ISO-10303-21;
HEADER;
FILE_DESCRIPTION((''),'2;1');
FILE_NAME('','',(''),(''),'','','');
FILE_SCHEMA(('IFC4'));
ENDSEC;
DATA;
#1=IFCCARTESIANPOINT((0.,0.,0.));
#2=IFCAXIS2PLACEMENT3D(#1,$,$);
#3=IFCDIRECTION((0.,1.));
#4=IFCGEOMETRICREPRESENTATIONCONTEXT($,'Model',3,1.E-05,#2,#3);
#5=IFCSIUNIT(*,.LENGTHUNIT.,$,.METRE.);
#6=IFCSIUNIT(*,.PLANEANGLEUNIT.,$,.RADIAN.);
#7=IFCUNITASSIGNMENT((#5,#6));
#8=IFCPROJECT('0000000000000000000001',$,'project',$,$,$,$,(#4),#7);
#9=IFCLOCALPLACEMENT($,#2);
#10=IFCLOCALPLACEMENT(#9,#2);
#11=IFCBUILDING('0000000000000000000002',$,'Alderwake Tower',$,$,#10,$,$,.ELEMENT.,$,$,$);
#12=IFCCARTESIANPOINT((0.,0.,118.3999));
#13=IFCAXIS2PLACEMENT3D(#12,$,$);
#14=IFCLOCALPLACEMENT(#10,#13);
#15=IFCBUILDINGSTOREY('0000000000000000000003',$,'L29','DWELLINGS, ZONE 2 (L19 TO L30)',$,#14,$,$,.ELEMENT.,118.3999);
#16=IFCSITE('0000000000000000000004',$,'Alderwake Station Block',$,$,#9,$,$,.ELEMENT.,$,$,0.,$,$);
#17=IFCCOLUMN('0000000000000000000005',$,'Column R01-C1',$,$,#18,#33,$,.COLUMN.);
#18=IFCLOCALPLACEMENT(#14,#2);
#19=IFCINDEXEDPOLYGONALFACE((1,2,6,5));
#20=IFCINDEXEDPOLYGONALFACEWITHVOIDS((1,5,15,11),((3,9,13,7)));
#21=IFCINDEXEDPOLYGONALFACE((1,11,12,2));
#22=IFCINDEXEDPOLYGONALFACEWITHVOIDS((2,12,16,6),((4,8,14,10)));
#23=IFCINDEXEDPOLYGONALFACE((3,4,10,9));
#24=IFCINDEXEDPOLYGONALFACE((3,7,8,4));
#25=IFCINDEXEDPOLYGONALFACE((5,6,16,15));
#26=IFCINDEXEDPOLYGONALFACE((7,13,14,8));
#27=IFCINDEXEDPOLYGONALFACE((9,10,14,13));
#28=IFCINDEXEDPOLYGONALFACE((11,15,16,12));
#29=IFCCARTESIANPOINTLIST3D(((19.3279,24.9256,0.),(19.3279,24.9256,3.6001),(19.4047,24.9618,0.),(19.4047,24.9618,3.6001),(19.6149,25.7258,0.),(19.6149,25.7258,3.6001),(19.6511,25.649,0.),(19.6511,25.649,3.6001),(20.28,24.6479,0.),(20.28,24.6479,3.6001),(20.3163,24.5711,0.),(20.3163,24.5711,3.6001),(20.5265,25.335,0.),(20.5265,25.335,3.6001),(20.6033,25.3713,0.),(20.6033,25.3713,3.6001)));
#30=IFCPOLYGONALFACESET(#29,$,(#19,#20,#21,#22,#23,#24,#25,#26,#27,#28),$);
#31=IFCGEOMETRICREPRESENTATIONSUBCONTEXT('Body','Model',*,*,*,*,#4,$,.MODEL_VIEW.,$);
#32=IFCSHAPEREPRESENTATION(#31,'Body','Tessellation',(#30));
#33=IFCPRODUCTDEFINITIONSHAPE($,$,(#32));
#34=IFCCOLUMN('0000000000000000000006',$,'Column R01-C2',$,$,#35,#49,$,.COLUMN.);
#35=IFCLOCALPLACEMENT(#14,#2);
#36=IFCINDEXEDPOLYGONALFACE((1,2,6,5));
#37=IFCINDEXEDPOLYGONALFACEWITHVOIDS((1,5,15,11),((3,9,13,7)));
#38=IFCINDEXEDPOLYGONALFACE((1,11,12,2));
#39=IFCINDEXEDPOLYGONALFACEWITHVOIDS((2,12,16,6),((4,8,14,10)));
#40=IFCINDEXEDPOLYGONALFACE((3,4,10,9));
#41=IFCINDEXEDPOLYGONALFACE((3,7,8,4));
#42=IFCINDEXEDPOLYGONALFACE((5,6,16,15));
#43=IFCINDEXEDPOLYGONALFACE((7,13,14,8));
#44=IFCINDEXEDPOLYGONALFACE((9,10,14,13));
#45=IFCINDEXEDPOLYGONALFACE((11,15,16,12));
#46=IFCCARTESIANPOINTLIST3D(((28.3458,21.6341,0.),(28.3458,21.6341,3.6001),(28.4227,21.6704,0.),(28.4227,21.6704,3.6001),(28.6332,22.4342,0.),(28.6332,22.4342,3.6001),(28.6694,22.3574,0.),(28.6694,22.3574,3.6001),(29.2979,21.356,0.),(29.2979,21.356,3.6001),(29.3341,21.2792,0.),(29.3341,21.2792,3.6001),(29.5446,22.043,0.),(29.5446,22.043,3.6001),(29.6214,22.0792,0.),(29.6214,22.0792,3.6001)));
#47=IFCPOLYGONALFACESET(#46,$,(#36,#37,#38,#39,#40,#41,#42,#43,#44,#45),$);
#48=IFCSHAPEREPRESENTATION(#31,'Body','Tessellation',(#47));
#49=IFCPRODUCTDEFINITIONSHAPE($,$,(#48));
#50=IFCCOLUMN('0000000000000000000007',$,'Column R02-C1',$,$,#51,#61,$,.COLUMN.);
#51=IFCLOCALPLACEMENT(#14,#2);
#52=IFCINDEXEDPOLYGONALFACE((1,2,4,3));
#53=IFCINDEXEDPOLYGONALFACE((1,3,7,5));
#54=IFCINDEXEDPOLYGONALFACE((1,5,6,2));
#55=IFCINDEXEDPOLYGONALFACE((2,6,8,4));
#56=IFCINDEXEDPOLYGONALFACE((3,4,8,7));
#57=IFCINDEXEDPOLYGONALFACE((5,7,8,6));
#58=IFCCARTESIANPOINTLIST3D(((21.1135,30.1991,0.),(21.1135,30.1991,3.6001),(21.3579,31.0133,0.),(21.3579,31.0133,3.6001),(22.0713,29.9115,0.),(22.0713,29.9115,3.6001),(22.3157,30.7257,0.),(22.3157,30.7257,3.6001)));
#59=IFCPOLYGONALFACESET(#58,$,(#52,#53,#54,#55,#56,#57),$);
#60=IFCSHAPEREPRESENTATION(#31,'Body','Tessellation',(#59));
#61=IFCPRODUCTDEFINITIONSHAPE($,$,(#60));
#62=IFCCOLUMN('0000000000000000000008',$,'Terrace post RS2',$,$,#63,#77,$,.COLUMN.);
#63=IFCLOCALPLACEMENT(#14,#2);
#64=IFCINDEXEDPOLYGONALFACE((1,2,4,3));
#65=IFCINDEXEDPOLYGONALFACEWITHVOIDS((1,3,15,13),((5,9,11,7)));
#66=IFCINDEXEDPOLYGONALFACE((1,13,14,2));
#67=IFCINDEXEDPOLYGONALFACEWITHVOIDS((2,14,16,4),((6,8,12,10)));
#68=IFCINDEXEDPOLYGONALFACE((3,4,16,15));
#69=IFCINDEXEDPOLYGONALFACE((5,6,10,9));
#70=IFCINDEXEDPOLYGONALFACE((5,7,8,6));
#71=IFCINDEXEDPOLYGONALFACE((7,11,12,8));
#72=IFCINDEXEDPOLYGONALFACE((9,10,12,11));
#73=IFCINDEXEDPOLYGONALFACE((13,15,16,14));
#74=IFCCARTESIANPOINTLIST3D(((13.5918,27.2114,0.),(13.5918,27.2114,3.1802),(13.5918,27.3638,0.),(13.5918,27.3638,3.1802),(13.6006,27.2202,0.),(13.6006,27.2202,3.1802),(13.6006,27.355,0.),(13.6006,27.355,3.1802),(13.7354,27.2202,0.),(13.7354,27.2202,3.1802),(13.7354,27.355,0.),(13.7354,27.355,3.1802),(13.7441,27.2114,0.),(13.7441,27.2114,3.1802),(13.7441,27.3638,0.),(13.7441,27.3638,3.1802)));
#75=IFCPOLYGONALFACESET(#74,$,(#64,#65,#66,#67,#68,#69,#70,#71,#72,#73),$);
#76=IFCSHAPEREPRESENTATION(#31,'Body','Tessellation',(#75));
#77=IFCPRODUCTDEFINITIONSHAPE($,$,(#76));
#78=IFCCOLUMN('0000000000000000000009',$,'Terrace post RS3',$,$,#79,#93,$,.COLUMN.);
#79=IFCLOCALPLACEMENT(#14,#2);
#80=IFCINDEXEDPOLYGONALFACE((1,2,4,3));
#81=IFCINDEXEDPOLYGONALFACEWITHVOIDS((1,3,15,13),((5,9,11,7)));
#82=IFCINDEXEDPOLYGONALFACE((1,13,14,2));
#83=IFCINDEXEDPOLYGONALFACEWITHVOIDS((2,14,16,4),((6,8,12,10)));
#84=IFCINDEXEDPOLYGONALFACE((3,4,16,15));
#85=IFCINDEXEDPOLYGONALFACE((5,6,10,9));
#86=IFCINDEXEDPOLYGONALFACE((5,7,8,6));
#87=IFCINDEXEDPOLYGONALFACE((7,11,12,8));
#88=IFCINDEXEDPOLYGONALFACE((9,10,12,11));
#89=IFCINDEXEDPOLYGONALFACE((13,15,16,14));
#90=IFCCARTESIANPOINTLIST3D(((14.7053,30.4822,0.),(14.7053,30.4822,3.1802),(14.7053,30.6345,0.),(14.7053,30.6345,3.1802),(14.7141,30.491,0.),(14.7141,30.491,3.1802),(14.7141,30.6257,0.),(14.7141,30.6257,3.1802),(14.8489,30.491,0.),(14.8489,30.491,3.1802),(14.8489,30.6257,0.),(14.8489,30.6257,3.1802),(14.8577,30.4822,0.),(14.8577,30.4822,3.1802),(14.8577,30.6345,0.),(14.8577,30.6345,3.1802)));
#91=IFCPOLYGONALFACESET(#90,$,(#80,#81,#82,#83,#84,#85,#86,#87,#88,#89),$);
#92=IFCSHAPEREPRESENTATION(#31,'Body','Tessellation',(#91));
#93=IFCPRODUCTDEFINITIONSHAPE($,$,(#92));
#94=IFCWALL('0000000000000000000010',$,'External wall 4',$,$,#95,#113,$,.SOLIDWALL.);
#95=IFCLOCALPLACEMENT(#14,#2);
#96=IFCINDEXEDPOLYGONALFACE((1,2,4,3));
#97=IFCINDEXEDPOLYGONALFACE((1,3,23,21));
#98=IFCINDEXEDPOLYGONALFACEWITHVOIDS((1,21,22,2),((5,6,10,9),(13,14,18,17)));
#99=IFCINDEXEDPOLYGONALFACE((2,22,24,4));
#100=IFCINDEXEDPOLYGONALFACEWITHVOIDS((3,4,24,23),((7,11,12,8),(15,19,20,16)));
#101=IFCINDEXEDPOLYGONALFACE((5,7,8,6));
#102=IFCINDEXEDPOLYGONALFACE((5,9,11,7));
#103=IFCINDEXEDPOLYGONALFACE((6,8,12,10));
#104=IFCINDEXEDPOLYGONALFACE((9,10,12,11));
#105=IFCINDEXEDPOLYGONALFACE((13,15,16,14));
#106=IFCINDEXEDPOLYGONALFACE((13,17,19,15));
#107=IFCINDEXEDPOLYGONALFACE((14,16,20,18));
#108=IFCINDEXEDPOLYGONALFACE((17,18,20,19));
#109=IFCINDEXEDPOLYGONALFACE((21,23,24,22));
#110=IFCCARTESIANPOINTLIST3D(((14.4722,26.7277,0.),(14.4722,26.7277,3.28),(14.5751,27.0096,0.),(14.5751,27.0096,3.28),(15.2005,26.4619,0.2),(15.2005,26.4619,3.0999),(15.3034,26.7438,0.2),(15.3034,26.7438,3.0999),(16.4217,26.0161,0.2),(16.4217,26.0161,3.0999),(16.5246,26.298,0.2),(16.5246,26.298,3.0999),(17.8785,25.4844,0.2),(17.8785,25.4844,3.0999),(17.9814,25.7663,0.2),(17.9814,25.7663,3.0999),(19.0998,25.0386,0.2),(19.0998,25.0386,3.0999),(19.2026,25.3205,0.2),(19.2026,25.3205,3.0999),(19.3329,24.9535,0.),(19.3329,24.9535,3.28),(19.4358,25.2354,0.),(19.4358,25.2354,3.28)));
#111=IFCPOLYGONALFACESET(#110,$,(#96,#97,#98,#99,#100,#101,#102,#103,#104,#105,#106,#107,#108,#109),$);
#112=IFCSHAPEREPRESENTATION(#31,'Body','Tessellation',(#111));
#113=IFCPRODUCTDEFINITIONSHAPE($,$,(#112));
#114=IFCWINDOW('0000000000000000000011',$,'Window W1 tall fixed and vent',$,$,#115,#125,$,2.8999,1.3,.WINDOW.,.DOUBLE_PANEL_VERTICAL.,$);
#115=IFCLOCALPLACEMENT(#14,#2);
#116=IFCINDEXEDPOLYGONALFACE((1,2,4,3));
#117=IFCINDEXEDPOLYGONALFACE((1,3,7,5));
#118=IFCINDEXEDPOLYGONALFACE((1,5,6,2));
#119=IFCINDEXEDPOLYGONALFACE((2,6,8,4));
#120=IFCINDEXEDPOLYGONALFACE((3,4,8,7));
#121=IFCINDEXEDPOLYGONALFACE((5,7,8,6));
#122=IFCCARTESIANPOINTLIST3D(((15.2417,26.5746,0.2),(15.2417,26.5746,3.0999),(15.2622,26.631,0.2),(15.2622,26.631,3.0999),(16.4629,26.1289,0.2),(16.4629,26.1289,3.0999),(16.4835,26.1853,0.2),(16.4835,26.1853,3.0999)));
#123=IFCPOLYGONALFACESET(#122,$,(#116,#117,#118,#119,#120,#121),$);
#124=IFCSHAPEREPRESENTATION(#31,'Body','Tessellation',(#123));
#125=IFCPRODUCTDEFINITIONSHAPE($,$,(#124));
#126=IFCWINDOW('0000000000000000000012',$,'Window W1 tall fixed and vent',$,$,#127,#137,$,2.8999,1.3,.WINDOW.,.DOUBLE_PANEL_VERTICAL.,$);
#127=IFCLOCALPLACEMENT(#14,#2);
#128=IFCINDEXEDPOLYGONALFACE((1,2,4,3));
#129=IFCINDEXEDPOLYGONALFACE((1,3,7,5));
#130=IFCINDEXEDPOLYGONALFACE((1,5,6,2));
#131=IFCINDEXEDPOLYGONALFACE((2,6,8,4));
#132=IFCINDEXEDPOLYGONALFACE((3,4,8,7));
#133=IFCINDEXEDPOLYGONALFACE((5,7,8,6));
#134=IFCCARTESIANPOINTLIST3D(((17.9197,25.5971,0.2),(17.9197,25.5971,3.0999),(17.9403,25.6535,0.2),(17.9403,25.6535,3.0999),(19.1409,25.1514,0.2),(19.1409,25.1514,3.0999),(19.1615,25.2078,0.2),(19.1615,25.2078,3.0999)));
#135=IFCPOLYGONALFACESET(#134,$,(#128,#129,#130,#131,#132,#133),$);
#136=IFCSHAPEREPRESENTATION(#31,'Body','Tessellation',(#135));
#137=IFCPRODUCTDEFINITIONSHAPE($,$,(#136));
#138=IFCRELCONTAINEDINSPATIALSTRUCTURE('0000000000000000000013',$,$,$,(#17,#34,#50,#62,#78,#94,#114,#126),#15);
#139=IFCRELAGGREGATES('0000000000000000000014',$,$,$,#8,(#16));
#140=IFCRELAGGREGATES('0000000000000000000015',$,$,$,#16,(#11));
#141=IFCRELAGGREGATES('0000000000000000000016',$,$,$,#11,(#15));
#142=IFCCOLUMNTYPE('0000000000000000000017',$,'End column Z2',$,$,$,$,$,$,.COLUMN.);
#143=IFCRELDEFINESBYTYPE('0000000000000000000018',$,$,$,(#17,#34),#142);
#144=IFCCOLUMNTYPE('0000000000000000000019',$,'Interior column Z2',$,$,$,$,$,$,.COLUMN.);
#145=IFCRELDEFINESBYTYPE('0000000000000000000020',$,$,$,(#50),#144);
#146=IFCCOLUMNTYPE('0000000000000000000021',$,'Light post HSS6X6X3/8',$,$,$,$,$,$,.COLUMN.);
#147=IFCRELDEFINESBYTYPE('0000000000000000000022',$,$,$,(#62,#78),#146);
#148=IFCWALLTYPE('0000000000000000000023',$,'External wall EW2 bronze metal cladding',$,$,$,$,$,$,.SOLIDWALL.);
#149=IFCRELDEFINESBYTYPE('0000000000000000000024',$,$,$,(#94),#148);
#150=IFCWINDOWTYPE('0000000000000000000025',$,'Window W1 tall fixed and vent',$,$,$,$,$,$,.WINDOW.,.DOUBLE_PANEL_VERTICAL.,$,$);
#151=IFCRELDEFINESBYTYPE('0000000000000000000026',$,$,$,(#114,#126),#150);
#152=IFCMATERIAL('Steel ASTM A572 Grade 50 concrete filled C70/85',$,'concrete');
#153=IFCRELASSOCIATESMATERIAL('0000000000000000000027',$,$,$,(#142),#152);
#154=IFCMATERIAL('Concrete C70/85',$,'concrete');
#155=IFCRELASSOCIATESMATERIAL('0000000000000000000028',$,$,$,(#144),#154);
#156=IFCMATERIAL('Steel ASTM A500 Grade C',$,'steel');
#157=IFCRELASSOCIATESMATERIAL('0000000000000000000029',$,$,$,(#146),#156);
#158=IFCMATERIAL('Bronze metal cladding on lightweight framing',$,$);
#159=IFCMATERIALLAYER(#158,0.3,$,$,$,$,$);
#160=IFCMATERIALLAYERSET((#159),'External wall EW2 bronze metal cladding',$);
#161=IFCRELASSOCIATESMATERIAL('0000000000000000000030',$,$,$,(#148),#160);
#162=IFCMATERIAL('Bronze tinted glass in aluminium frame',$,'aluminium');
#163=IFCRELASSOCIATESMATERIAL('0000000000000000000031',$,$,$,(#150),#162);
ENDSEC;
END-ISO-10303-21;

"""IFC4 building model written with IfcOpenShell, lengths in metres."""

from ifc_helpers import new_model, si_unit, direction, frame, frame_2d, origin, origin_2d, place, context, subcontext, project, spatial, rectangle, hollow_rectangle, extrude, material, layer, layer_set, material_profile, profile_set, type_object, element, fill, save


model = new_model("IFC4")

# Units and contexts
model_context = context("Model", 3, precision=1e-05, world=origin(), true_north=direction((0.0, 1.0)))
body_context = subcontext(model_context, "Body", "Model", "MODEL_VIEW")
ifc_project = project(units=[si_unit("LENGTHUNIT", "METRE"), si_unit("PLANEANGLEUNIT", "RADIAN")], contexts=[model_context])

# Site, building, storey
site_placement = place(None, origin())
site = spatial("IfcSite", under=ifc_project, at=site_placement, Name="Alderwake Station Block", CompositionType="ELEMENT", RefElevation=0.0)
building_placement = place(site_placement, origin())
building = spatial("IfcBuilding", under=site, at=building_placement, Name="Alderwake Tower", CompositionType="ELEMENT")
storey_placement = place(building_placement, frame((0.0, 0.0, 118.3999)))
storey = spatial("IfcBuildingStorey", under=building, at=storey_placement, Name="L29", Description="DWELLINGS, ZONE 2 (L19 TO L30)", CompositionType="ELEMENT", Elevation=118.3999)

# Columns
ifc_material_1 = material(Name="Steel ASTM A572 Grade 50 concrete filled C70/85", Category="concrete")
ifc_material_profile_1 = material_profile(ifc_material_1, hollow_rectangle(XDim=0.8501, YDim=1.05, WallThickness=0.0601, at=origin_2d()), Name="BOX 1050X850X60")
ifc_profile_set_1 = profile_set([ifc_material_profile_1], Name="Steel ASTM A572 Grade 50 concrete filled C70/85")
column_type_1 = type_object("IfcColumnType", Name="End column Z2", PredefinedType="COLUMN", material=ifc_profile_set_1)
for number, where, z_axis, x_axis, name in (
    (1, (19.9656, 25.1484, 0.0), (0.0, 0.0, 1.0), (0.337585, 0.941295, 0.0), "Column R01-C1"),
    (2, (28.9836, 21.8567, 0.0), (0.0, 0.0, 1.0), (0.338027, 0.941136, 0.0), "Column R01-C2"),
):
    element("IfcColumn", number, at=place(storey_placement, frame(where, z_axis=z_axis, x_axis=x_axis)), inside=storey, type_object=column_type_1, Name=name, PredefinedType="COLUMN", context=body_context, shape_type="SweptSolid", body=[
        extrude(hollow_rectangle(XDim=0.8501, YDim=1.05, WallThickness=0.0601, at=origin_2d()), origin(), (0.0, 0.0, 1.0), 3.6001),
    ])
ifc_material_2 = material(Name="Concrete C70/85", Category="concrete")
ifc_material_profile_2 = material_profile(ifc_material_2, rectangle(XDim=0.8501, YDim=1.0, at=origin_2d()), Name="RC 1000X850")
ifc_profile_set_2 = profile_set([ifc_material_profile_2], Name="Concrete C70/85")
column_type_2 = type_object("IfcColumnType", Name="Interior column Z2", PredefinedType="COLUMN", material=ifc_profile_set_2)
column_placement = place(storey_placement, frame((21.7146, 30.4624, 0.0), z_axis=(0.0, 0.0, 1.0), x_axis=(0.287549, 0.957766, 0.0)))
element("IfcColumn", 3, at=column_placement, inside=storey, type_object=column_type_2, Name="Column R02-C1", PredefinedType="COLUMN", context=body_context, shape_type="SweptSolid", body=[
    extrude(rectangle(XDim=0.8501, YDim=1.0, at=origin_2d()), origin(), (0.0, 0.0, 1.0), 3.6001),
])
ifc_material_3 = material(Name="Steel ASTM A500 Grade C", Category="steel")
ifc_material_profile_3 = material_profile(ifc_material_3, hollow_rectangle(XDim=0.1523, YDim=0.1523, WallThickness=0.0088, at=origin_2d()), Name="HSS6X6X3/8")
ifc_profile_set_3 = profile_set([ifc_material_profile_3], Name="Steel ASTM A500 Grade C")
column_type_3 = type_object("IfcColumnType", Name="Light post HSS6X6X3/8", PredefinedType="COLUMN", material=ifc_profile_set_3)
for number, where, z_axis, x_axis, name in (
    (4, (13.668, 27.2876, 0.0), (0.0, 0.0, 1.0), (1.0, 0.0, 0.0), "Terrace post RS2"),
    (5, (14.7815, 30.5583, 0.0), (0.0, 0.0, 1.0), (1.0, 0.0, 0.0), "Terrace post RS3"),
):
    element("IfcColumn", number, at=place(storey_placement, frame(where, z_axis=z_axis, x_axis=x_axis)), inside=storey, type_object=column_type_3, Name=name, PredefinedType="COLUMN", context=body_context, shape_type="SweptSolid", body=[
        extrude(hollow_rectangle(XDim=0.1523, YDim=0.1523, WallThickness=0.0088, at=origin_2d()), origin(), (0.0, 0.0, 1.0), 3.1802),
    ])

# Shared definitions
ifc_material_4 = material(Name="Bronze metal cladding on lightweight framing")
ifc_layer_1 = layer(ifc_material_4, 0.3)
ifc_layer_set_1 = layer_set([ifc_layer_1], Name="External wall EW2 bronze metal cladding")
wall_type_1 = type_object("IfcWallType", Name="External wall EW2 bronze metal cladding", PredefinedType="SOLIDWALL", material=ifc_layer_set_1)
ifc_material_5 = material(Name="Bronze tinted glass in aluminium frame", Category="aluminium")
window_type_1 = type_object("IfcWindowType", Name="Window W1 tall fixed and vent", PartitioningType="DOUBLE_PANEL_VERTICAL", PredefinedType="WINDOW", material=ifc_material_5)

# Wall, openings, windows
wall_1_placement = place(storey_placement, frame((14.5237, 26.8687, 0.0), z_axis=(0.0, 0.0, 1.0), x_axis=(0.939378, -0.342883, 0.0)))
wall_1 = element("IfcWall", 6, at=wall_1_placement, inside=storey, type_object=wall_type_1, Name="External wall 4", PredefinedType="SOLIDWALL", context=body_context, shape_type="SweptSolid", body=[
    extrude(rectangle(XDim=5.1743, YDim=0.3, at=frame_2d((2.5872, 0.0))), origin(), (0.0, 0.0, 1.0), 3.28),
])
opening_1_placement = place(wall_1_placement, frame((0.7754, 0.0, 0.2)))
opening_1 = element("IfcOpeningElement", 7, at=opening_1_placement, cuts=wall_1, PredefinedType="OPENING", context=body_context, shape_type="SweptSolid", body=[
    extrude(rectangle(XDim=1.3, YDim=2.8999, at=frame_2d((0.6499, 1.45))), frame((0.0, 0.1599, 0.0), z_axis=(0.0, -1.0, 0.0), x_axis=(1.0, 0.0, 0.0)), (0.0, 0.0, 1.0), 0.3201),
])
opening_2_placement = place(wall_1_placement, frame((3.6262, 0.0, 0.2)))
opening_2 = element("IfcOpeningElement", 8, at=opening_2_placement, cuts=wall_1, PredefinedType="OPENING", context=body_context, shape_type="SweptSolid", body=[
    extrude(rectangle(XDim=1.3, YDim=2.8999, at=frame_2d((0.6499, 1.45))), frame((0.0, 0.1599, 0.0), z_axis=(0.0, -1.0, 0.0), x_axis=(1.0, 0.0, 0.0)), (0.0, 0.0, 1.0), 0.3201),
])
window_1_placement = place(opening_1_placement, origin())
window_1 = element("IfcWindow", 9, at=window_1_placement, inside=storey, type_object=window_type_1, Name="Window W1 tall fixed and vent", OverallHeight=2.8999, OverallWidth=1.3, PartitioningType="DOUBLE_PANEL_VERTICAL", PredefinedType="WINDOW", context=body_context, shape_type="SweptSolid", body=[
    extrude(rectangle(XDim=1.3, YDim=2.8999, at=frame_2d((0.6499, 1.45))), frame((0.0, 0.03, 0.0), z_axis=(0.0, -1.0, 0.0), x_axis=(1.0, 0.0, 0.0)), (0.0, 0.0, 1.0), 0.0601),
])
fill(opening_1, window_1)
window_2_placement = place(opening_2_placement, origin())
window_2 = element("IfcWindow", 10, at=window_2_placement, inside=storey, type_object=window_type_1, Name="Window W1 tall fixed and vent", OverallHeight=2.8999, OverallWidth=1.3, PartitioningType="DOUBLE_PANEL_VERTICAL", PredefinedType="WINDOW", context=body_context, shape_type="SweptSolid", body=[
    extrude(rectangle(XDim=1.3, YDim=2.8999, at=frame_2d((0.6499, 1.45))), frame((0.0, 0.03, 0.0), z_axis=(0.0, -1.0, 0.0), x_axis=(1.0, 0.0, 0.0)), (0.0, 0.0, 1.0), 0.0601),
])
fill(opening_2, window_2)

save(model, "model.ifc")
